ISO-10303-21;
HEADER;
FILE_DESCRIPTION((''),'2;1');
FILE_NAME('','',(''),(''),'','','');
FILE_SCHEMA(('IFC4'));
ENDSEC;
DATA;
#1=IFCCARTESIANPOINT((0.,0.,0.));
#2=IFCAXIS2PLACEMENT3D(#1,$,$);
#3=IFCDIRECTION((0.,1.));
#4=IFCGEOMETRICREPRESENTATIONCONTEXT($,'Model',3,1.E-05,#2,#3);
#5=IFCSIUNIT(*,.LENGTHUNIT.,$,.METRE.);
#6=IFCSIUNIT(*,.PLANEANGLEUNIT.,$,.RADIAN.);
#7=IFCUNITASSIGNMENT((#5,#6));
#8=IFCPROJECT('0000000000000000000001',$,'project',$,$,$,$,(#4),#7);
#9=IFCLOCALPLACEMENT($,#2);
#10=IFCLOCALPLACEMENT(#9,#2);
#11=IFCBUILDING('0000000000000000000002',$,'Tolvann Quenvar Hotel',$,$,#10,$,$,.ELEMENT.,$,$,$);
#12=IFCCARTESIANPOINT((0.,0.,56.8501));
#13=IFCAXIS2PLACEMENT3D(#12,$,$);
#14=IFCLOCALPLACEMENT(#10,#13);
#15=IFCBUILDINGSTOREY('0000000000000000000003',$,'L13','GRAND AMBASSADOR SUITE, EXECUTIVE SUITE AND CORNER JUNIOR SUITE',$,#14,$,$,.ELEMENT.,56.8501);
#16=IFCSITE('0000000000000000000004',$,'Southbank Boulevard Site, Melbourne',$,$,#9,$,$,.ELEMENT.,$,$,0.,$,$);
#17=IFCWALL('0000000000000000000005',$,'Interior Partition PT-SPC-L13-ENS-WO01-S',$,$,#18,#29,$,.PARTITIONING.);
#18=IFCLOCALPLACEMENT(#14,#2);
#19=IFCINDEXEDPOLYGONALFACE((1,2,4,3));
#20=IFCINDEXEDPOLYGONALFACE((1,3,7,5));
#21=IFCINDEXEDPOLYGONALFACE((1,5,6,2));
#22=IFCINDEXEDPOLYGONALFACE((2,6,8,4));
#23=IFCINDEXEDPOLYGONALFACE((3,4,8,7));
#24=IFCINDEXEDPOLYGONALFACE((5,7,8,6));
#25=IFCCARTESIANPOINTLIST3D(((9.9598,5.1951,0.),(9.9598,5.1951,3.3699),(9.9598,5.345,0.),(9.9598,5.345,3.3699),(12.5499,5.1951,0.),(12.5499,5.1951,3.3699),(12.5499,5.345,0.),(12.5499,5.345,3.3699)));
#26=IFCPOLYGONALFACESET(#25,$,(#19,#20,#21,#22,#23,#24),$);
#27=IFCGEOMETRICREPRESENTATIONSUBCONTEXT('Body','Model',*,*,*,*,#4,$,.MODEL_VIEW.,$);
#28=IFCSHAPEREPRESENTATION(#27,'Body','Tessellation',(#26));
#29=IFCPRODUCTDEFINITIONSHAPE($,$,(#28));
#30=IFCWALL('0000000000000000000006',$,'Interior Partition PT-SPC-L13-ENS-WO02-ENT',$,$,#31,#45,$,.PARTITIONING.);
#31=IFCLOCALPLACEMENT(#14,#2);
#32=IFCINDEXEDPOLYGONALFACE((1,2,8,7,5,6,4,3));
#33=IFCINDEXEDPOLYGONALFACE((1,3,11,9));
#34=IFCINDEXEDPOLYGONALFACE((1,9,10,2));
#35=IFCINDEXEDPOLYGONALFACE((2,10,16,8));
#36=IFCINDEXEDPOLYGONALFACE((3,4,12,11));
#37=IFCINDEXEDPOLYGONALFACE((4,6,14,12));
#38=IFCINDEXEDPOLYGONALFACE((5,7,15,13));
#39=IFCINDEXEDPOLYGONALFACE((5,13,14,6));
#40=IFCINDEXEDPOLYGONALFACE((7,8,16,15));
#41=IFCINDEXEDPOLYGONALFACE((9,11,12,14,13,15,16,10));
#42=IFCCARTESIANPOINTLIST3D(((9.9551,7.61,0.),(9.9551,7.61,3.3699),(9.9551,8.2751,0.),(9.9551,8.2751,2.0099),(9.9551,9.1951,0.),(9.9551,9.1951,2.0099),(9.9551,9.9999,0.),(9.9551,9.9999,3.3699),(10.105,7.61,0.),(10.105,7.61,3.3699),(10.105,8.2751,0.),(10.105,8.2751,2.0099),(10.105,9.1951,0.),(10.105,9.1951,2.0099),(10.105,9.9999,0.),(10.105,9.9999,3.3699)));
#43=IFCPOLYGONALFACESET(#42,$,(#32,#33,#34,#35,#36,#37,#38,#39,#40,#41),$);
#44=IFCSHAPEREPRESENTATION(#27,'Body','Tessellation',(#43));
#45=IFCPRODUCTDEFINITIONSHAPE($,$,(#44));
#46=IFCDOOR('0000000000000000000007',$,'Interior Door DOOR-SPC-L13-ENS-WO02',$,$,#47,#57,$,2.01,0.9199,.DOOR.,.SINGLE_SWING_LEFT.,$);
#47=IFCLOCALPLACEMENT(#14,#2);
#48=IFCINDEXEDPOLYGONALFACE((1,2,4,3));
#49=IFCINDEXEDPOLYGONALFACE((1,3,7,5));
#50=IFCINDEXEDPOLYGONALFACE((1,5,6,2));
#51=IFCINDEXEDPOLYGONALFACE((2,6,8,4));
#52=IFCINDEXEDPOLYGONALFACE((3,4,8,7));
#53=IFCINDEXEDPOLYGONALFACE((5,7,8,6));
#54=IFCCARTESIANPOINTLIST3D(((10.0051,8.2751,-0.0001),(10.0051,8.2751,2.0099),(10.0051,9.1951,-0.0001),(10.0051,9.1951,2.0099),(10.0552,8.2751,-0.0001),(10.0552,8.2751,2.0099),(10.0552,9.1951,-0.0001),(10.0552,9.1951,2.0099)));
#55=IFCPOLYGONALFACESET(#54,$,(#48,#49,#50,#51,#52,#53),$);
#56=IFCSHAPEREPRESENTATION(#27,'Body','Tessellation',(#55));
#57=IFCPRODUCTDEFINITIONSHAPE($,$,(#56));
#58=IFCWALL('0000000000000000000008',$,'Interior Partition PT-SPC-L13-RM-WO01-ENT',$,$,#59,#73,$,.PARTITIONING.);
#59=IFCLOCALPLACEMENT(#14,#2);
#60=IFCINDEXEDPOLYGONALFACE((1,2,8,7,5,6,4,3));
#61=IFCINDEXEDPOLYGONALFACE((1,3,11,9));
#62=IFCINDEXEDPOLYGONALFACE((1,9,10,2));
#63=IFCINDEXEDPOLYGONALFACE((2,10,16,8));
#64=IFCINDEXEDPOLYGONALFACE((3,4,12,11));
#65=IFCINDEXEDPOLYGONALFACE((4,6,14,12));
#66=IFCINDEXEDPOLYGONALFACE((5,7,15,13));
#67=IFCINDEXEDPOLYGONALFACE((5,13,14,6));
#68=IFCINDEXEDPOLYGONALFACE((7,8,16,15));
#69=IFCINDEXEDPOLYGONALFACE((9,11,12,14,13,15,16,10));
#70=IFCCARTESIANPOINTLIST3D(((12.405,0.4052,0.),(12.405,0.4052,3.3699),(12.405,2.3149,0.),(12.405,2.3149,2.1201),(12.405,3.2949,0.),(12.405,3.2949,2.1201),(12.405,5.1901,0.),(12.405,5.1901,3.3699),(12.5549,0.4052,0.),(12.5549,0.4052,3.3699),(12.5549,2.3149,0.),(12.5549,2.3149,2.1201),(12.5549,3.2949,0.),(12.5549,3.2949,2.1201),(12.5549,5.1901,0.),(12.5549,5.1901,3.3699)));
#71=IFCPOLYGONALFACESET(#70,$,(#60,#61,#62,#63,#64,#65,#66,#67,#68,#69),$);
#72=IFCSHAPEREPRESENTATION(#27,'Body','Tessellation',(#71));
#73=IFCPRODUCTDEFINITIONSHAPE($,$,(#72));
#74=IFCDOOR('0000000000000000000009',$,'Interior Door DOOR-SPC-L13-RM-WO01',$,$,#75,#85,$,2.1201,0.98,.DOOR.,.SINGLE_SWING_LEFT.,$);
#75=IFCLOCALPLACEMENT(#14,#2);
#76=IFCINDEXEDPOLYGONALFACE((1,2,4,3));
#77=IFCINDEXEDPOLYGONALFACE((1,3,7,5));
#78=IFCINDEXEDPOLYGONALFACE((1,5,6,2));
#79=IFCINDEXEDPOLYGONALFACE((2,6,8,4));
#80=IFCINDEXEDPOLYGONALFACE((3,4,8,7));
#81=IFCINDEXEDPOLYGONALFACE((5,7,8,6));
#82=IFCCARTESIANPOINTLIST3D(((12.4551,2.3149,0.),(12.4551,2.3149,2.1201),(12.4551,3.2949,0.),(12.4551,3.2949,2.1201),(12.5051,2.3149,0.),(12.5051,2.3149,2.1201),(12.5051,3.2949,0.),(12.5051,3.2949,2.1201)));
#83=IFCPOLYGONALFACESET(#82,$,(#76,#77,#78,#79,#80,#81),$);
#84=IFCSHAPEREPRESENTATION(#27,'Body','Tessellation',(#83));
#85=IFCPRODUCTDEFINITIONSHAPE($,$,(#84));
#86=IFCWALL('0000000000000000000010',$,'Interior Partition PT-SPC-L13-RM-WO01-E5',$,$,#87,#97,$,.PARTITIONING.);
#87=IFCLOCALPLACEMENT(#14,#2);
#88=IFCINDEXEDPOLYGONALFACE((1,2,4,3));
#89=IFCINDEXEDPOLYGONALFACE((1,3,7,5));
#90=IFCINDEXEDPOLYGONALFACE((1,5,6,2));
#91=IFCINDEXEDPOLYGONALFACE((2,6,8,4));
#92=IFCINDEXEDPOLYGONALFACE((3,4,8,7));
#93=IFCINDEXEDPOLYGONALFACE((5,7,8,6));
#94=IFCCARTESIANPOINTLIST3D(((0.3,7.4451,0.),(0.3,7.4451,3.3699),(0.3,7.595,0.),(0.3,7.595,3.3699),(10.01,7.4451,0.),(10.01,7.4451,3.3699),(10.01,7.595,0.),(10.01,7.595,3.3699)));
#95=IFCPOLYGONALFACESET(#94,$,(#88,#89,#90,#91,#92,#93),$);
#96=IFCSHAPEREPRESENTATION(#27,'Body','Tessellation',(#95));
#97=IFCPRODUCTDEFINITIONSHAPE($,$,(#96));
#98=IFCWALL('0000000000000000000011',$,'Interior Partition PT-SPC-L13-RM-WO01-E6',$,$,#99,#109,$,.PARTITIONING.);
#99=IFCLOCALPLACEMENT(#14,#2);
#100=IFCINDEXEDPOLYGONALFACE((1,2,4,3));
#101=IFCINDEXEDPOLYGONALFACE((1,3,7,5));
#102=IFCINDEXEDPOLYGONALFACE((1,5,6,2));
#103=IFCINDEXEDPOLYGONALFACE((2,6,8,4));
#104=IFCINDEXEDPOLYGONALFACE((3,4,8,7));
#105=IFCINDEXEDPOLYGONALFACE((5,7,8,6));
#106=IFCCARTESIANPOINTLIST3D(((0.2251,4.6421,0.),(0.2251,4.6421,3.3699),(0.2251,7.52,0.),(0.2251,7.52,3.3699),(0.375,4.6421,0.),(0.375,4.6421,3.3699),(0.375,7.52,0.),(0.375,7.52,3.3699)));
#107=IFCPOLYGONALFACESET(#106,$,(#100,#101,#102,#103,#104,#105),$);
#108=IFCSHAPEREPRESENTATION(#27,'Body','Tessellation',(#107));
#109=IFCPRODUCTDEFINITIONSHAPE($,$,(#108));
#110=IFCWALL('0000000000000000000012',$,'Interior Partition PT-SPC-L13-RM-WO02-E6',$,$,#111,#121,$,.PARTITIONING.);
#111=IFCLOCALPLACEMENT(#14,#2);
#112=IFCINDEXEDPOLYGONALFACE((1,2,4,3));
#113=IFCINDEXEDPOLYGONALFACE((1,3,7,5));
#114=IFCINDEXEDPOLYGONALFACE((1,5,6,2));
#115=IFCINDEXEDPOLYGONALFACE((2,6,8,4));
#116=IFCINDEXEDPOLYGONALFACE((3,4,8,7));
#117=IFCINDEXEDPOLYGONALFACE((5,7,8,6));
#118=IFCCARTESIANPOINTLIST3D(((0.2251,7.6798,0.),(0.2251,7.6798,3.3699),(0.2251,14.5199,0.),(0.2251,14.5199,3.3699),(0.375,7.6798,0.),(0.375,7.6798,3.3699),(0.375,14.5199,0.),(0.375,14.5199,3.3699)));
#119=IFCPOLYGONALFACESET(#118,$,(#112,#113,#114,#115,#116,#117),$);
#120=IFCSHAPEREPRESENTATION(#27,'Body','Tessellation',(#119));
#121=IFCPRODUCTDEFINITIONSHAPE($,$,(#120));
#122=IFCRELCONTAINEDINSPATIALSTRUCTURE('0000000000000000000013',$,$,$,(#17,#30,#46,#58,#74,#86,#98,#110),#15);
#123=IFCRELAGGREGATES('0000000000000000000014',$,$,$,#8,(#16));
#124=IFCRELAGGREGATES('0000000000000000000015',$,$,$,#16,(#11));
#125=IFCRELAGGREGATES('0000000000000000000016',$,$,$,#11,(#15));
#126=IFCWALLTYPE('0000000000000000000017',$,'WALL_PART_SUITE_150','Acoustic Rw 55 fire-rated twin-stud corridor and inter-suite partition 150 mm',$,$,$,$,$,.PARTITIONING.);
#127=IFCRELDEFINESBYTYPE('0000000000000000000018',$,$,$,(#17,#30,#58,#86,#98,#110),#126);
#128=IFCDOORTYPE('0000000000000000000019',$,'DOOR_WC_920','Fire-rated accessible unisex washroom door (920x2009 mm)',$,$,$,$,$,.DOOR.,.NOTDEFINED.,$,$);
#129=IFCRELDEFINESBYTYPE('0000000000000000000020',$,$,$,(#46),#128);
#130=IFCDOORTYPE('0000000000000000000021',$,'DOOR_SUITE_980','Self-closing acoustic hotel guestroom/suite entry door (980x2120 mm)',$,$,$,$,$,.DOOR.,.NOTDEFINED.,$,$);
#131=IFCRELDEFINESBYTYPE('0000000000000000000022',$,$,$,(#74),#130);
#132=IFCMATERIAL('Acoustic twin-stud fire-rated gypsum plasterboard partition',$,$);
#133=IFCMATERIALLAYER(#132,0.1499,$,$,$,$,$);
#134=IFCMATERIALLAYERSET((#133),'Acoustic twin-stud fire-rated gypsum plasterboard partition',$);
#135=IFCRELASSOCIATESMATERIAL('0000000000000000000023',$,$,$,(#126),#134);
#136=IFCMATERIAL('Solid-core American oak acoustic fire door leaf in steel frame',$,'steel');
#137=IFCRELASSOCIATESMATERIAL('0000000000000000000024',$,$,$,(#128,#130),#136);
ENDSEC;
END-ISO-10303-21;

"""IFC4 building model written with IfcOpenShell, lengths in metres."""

from ifc_helpers import new_model, si_unit, direction, frame, frame_2d, origin, place, context, subcontext, project, spatial, rectangle, extrude, source, transform, mapped, material, layer, layer_set, type_object, type_shapes, element, fill, save


model = new_model("IFC4")

# Units and contexts
model_context = context("Model", 3, precision=1e-05, world=origin(), true_north=direction((0.0, 1.0)))
body_context = subcontext(model_context, "Body", "Model", "MODEL_VIEW")
ifc_project = project(units=[si_unit("LENGTHUNIT", "METRE"), si_unit("PLANEANGLEUNIT", "RADIAN")], contexts=[model_context])

# Site, building, storey
site_placement = place(None, origin())
site = spatial("IfcSite", under=ifc_project, at=site_placement, Name="Southbank Boulevard Site, Melbourne", CompositionType="ELEMENT", RefElevation=0.0)
building_placement = place(site_placement, origin())
building = spatial("IfcBuilding", under=site, at=building_placement, Name="Tolvann Quenvar Hotel", CompositionType="ELEMENT")
storey_placement = place(building_placement, frame((0.0, 0.0, 56.8501)))
storey = spatial("IfcBuildingStorey", under=building, at=storey_placement, Name="L13", Description="GRAND AMBASSADOR SUITE, EXECUTIVE SUITE AND CORNER JUNIOR SUITE", CompositionType="ELEMENT", Elevation=56.8501)

# Shared definitions
ifc_material_1 = material(Name="Acoustic twin-stud fire-rated gypsum plasterboard partition")
ifc_layer_1 = layer(ifc_material_1, 0.1499)
ifc_layer_set_1 = layer_set([ifc_layer_1], Name="Acoustic twin-stud fire-rated gypsum plasterboard partition")
wall_type_1 = type_object("IfcWallType", Name="WALL_PART_SUITE_150", Description="Acoustic Rw 55 fire-rated twin-stud corridor and inter-suite partition 150 mm", PredefinedType="PARTITIONING", material=ifc_layer_set_1)
ifc_material_2 = material(Name="Solid-core American oak acoustic fire door leaf in steel frame", Category="steel")
door_type_1 = type_object("IfcDoorType", Name="DOOR_WC_920", Description="Fire-rated accessible unisex washroom door (920x2009 mm)", OperationType="NOTDEFINED", PredefinedType="DOOR", material=ifc_material_2)
shared_shape_1 = source(origin(), body_context, "Body", "SweptSolid", [
    extrude(rectangle(XDim=0.9199, YDim=2.01, at=frame_2d((0.46, 1.0049))), frame((0.0, 0.0249, 0.0), z_axis=(0.0, -1.0, 0.0), x_axis=(1.0, 0.0, 0.0)), (0.0, 0.0, 1.0), 0.05),
])
type_shapes(door_type_1, [shared_shape_1])

# Wall
wall_1_placement = place(storey_placement, frame((9.96, 5.27, 0.0), z_axis=(0.0, 0.0, 1.0), x_axis=(1.0, 0.0, 0.0)))
element("IfcWall", 1, at=wall_1_placement, inside=storey, type_object=wall_type_1, Name="Interior Partition PT-SPC-L13-ENS-WO01-S", PredefinedType="PARTITIONING", context=body_context, shape_type="SweptSolid", body=[
    extrude(rectangle(XDim=2.5901, YDim=0.1499, at=frame_2d((1.2949, 0.0))), origin(), (0.0, 0.0, 1.0), 3.3699),
])

# Walls, openings, doors
wall_2_placement = place(storey_placement, frame((10.03, 7.6101, 0.0), z_axis=(0.0, 0.0, 1.0), x_axis=(0.0, 1.0, 0.0)))
wall_2 = element("IfcWall", 2, at=wall_2_placement, inside=storey, type_object=wall_type_1, Name="Interior Partition PT-SPC-L13-ENS-WO02-ENT", PredefinedType="PARTITIONING", context=body_context, shape_type="SweptSolid", body=[
    extrude(rectangle(XDim=2.3899, YDim=0.1499, at=frame_2d((1.1948, 0.0))), origin(), (0.0, 0.0, 1.0), 3.3699),
])
opening_1_placement = place(wall_2_placement, frame((0.665, 0.0, 0.0)))
opening_1 = element("IfcOpeningElement", 3, at=opening_1_placement, cuts=wall_2, PredefinedType="OPENING", context=body_context, shape_type="SweptSolid", body=[
    extrude(rectangle(XDim=0.9199, YDim=2.01, at=frame_2d((0.46, 1.0049))), frame((0.0, 0.085, 0.0), z_axis=(0.0, -1.0, 0.0), x_axis=(1.0, 0.0, 0.0)), (0.0, 0.0, 1.0), 0.1699),
])
door_1_placement = place(opening_1_placement, origin())
door_1 = element("IfcDoor", 4, at=door_1_placement, inside=storey, type_object=door_type_1, Name="Interior Door DOOR-SPC-L13-ENS-WO02", OperationType="SINGLE_SWING_LEFT", OverallHeight=2.01, OverallWidth=0.9199, PredefinedType="DOOR", context=body_context, shape_type="MappedRepresentation", body=[
    mapped(shared_shape_1, transform((0.0, 0.0, 0.0), x_axis=(1.0, 0.0, 0.0), y_axis=(0.0, 1.0, 0.0), z_axis=(0.0, 0.0, 1.0), scale=1.0)),
])
fill(opening_1, door_1)
wall_3_placement = place(storey_placement, frame((12.48, 0.405, 0.0), z_axis=(0.0, 0.0, 1.0), x_axis=(0.0, 1.0, 0.0)))
wall_3 = element("IfcWall", 5, at=wall_3_placement, inside=storey, type_object=wall_type_1, Name="Interior Partition PT-SPC-L13-RM-WO01-ENT", PredefinedType="PARTITIONING", context=body_context, shape_type="SweptSolid", body=[
    extrude(rectangle(XDim=4.7849, YDim=0.1499, at=frame_2d((2.3926, 0.0))), origin(), (0.0, 0.0, 1.0), 3.3699),
])
opening_2_placement = place(wall_3_placement, frame((1.9099, 0.0, 0.0)))
opening_2 = element("IfcOpeningElement", 6, at=opening_2_placement, cuts=wall_3, PredefinedType="OPENING", context=body_context, shape_type="SweptSolid", body=[
    extrude(rectangle(XDim=0.98, YDim=2.1201, at=frame_2d((0.49, 1.0601))), frame((0.0, 0.085, 0.0), z_axis=(0.0, -1.0, 0.0), x_axis=(1.0, 0.0, 0.0)), (0.0, 0.0, 1.0), 0.1699),
])
door_type_2 = type_object("IfcDoorType", Name="DOOR_SUITE_980", Description="Self-closing acoustic hotel guestroom/suite entry door (980x2120 mm)", OperationType="NOTDEFINED", PredefinedType="DOOR", material=ifc_material_2)
shared_shape_2 = source(origin(), body_context, "Body", "SweptSolid", [
    extrude(rectangle(XDim=0.98, YDim=2.1201, at=frame_2d((0.49, 1.0601))), frame((0.0, 0.0249, 0.0), z_axis=(0.0, -1.0, 0.0), x_axis=(1.0, 0.0, 0.0)), (0.0, 0.0, 1.0), 0.05),
])
type_shapes(door_type_2, [shared_shape_2])
door_2_placement = place(opening_2_placement, origin())
door_2 = element("IfcDoor", 7, at=door_2_placement, inside=storey, type_object=door_type_2, Name="Interior Door DOOR-SPC-L13-RM-WO01", OperationType="SINGLE_SWING_LEFT", OverallHeight=2.1201, OverallWidth=0.98, PredefinedType="DOOR", context=body_context, shape_type="MappedRepresentation", body=[
    mapped(shared_shape_2, transform((0.0, 0.0, 0.0), x_axis=(1.0, 0.0, 0.0), y_axis=(0.0, 1.0, 0.0), z_axis=(0.0, 0.0, 1.0), scale=1.0)),
])
fill(opening_2, door_2)

# Walls
wall_4_placement = place(storey_placement, frame((0.3, 7.52, 0.0), z_axis=(0.0, 0.0, 1.0), x_axis=(1.0, 0.0, 0.0)))
element("IfcWall", 8, at=wall_4_placement, inside=storey, type_object=wall_type_1, Name="Interior Partition PT-SPC-L13-RM-WO01-E5", PredefinedType="PARTITIONING", context=body_context, shape_type="SweptSolid", body=[
    extrude(rectangle(XDim=9.71, YDim=0.1499, at=frame_2d((4.855, 0.0))), origin(), (0.0, 0.0, 1.0), 3.3699),
])
wall_5_placement = place(storey_placement, frame((0.3, 4.6421, 0.0), z_axis=(0.0, 0.0, 1.0), x_axis=(0.0, 1.0, 0.0)))
element("IfcWall", 9, at=wall_5_placement, inside=storey, type_object=wall_type_1, Name="Interior Partition PT-SPC-L13-RM-WO01-E6", PredefinedType="PARTITIONING", context=body_context, shape_type="SweptSolid", body=[
    extrude(rectangle(XDim=2.8779, YDim=0.1499, at=frame_2d((1.439, 0.0))), origin(), (0.0, 0.0, 1.0), 3.3699),
])
wall_6_placement = place(storey_placement, frame((0.3, 7.6799, 0.0), z_axis=(0.0, 0.0, 1.0), x_axis=(0.0, 1.0, 0.0)))
element("IfcWall", 10, at=wall_6_placement, inside=storey, type_object=wall_type_1, Name="Interior Partition PT-SPC-L13-RM-WO02-E6", PredefinedType="PARTITIONING", context=body_context, shape_type="SweptSolid", body=[
    extrude(rectangle(XDim=6.8401, YDim=0.1499, at=frame_2d((3.4199, 0.0))), origin(), (0.0, 0.0, 1.0), 3.3699),
])

save(model, "model.ifc")
